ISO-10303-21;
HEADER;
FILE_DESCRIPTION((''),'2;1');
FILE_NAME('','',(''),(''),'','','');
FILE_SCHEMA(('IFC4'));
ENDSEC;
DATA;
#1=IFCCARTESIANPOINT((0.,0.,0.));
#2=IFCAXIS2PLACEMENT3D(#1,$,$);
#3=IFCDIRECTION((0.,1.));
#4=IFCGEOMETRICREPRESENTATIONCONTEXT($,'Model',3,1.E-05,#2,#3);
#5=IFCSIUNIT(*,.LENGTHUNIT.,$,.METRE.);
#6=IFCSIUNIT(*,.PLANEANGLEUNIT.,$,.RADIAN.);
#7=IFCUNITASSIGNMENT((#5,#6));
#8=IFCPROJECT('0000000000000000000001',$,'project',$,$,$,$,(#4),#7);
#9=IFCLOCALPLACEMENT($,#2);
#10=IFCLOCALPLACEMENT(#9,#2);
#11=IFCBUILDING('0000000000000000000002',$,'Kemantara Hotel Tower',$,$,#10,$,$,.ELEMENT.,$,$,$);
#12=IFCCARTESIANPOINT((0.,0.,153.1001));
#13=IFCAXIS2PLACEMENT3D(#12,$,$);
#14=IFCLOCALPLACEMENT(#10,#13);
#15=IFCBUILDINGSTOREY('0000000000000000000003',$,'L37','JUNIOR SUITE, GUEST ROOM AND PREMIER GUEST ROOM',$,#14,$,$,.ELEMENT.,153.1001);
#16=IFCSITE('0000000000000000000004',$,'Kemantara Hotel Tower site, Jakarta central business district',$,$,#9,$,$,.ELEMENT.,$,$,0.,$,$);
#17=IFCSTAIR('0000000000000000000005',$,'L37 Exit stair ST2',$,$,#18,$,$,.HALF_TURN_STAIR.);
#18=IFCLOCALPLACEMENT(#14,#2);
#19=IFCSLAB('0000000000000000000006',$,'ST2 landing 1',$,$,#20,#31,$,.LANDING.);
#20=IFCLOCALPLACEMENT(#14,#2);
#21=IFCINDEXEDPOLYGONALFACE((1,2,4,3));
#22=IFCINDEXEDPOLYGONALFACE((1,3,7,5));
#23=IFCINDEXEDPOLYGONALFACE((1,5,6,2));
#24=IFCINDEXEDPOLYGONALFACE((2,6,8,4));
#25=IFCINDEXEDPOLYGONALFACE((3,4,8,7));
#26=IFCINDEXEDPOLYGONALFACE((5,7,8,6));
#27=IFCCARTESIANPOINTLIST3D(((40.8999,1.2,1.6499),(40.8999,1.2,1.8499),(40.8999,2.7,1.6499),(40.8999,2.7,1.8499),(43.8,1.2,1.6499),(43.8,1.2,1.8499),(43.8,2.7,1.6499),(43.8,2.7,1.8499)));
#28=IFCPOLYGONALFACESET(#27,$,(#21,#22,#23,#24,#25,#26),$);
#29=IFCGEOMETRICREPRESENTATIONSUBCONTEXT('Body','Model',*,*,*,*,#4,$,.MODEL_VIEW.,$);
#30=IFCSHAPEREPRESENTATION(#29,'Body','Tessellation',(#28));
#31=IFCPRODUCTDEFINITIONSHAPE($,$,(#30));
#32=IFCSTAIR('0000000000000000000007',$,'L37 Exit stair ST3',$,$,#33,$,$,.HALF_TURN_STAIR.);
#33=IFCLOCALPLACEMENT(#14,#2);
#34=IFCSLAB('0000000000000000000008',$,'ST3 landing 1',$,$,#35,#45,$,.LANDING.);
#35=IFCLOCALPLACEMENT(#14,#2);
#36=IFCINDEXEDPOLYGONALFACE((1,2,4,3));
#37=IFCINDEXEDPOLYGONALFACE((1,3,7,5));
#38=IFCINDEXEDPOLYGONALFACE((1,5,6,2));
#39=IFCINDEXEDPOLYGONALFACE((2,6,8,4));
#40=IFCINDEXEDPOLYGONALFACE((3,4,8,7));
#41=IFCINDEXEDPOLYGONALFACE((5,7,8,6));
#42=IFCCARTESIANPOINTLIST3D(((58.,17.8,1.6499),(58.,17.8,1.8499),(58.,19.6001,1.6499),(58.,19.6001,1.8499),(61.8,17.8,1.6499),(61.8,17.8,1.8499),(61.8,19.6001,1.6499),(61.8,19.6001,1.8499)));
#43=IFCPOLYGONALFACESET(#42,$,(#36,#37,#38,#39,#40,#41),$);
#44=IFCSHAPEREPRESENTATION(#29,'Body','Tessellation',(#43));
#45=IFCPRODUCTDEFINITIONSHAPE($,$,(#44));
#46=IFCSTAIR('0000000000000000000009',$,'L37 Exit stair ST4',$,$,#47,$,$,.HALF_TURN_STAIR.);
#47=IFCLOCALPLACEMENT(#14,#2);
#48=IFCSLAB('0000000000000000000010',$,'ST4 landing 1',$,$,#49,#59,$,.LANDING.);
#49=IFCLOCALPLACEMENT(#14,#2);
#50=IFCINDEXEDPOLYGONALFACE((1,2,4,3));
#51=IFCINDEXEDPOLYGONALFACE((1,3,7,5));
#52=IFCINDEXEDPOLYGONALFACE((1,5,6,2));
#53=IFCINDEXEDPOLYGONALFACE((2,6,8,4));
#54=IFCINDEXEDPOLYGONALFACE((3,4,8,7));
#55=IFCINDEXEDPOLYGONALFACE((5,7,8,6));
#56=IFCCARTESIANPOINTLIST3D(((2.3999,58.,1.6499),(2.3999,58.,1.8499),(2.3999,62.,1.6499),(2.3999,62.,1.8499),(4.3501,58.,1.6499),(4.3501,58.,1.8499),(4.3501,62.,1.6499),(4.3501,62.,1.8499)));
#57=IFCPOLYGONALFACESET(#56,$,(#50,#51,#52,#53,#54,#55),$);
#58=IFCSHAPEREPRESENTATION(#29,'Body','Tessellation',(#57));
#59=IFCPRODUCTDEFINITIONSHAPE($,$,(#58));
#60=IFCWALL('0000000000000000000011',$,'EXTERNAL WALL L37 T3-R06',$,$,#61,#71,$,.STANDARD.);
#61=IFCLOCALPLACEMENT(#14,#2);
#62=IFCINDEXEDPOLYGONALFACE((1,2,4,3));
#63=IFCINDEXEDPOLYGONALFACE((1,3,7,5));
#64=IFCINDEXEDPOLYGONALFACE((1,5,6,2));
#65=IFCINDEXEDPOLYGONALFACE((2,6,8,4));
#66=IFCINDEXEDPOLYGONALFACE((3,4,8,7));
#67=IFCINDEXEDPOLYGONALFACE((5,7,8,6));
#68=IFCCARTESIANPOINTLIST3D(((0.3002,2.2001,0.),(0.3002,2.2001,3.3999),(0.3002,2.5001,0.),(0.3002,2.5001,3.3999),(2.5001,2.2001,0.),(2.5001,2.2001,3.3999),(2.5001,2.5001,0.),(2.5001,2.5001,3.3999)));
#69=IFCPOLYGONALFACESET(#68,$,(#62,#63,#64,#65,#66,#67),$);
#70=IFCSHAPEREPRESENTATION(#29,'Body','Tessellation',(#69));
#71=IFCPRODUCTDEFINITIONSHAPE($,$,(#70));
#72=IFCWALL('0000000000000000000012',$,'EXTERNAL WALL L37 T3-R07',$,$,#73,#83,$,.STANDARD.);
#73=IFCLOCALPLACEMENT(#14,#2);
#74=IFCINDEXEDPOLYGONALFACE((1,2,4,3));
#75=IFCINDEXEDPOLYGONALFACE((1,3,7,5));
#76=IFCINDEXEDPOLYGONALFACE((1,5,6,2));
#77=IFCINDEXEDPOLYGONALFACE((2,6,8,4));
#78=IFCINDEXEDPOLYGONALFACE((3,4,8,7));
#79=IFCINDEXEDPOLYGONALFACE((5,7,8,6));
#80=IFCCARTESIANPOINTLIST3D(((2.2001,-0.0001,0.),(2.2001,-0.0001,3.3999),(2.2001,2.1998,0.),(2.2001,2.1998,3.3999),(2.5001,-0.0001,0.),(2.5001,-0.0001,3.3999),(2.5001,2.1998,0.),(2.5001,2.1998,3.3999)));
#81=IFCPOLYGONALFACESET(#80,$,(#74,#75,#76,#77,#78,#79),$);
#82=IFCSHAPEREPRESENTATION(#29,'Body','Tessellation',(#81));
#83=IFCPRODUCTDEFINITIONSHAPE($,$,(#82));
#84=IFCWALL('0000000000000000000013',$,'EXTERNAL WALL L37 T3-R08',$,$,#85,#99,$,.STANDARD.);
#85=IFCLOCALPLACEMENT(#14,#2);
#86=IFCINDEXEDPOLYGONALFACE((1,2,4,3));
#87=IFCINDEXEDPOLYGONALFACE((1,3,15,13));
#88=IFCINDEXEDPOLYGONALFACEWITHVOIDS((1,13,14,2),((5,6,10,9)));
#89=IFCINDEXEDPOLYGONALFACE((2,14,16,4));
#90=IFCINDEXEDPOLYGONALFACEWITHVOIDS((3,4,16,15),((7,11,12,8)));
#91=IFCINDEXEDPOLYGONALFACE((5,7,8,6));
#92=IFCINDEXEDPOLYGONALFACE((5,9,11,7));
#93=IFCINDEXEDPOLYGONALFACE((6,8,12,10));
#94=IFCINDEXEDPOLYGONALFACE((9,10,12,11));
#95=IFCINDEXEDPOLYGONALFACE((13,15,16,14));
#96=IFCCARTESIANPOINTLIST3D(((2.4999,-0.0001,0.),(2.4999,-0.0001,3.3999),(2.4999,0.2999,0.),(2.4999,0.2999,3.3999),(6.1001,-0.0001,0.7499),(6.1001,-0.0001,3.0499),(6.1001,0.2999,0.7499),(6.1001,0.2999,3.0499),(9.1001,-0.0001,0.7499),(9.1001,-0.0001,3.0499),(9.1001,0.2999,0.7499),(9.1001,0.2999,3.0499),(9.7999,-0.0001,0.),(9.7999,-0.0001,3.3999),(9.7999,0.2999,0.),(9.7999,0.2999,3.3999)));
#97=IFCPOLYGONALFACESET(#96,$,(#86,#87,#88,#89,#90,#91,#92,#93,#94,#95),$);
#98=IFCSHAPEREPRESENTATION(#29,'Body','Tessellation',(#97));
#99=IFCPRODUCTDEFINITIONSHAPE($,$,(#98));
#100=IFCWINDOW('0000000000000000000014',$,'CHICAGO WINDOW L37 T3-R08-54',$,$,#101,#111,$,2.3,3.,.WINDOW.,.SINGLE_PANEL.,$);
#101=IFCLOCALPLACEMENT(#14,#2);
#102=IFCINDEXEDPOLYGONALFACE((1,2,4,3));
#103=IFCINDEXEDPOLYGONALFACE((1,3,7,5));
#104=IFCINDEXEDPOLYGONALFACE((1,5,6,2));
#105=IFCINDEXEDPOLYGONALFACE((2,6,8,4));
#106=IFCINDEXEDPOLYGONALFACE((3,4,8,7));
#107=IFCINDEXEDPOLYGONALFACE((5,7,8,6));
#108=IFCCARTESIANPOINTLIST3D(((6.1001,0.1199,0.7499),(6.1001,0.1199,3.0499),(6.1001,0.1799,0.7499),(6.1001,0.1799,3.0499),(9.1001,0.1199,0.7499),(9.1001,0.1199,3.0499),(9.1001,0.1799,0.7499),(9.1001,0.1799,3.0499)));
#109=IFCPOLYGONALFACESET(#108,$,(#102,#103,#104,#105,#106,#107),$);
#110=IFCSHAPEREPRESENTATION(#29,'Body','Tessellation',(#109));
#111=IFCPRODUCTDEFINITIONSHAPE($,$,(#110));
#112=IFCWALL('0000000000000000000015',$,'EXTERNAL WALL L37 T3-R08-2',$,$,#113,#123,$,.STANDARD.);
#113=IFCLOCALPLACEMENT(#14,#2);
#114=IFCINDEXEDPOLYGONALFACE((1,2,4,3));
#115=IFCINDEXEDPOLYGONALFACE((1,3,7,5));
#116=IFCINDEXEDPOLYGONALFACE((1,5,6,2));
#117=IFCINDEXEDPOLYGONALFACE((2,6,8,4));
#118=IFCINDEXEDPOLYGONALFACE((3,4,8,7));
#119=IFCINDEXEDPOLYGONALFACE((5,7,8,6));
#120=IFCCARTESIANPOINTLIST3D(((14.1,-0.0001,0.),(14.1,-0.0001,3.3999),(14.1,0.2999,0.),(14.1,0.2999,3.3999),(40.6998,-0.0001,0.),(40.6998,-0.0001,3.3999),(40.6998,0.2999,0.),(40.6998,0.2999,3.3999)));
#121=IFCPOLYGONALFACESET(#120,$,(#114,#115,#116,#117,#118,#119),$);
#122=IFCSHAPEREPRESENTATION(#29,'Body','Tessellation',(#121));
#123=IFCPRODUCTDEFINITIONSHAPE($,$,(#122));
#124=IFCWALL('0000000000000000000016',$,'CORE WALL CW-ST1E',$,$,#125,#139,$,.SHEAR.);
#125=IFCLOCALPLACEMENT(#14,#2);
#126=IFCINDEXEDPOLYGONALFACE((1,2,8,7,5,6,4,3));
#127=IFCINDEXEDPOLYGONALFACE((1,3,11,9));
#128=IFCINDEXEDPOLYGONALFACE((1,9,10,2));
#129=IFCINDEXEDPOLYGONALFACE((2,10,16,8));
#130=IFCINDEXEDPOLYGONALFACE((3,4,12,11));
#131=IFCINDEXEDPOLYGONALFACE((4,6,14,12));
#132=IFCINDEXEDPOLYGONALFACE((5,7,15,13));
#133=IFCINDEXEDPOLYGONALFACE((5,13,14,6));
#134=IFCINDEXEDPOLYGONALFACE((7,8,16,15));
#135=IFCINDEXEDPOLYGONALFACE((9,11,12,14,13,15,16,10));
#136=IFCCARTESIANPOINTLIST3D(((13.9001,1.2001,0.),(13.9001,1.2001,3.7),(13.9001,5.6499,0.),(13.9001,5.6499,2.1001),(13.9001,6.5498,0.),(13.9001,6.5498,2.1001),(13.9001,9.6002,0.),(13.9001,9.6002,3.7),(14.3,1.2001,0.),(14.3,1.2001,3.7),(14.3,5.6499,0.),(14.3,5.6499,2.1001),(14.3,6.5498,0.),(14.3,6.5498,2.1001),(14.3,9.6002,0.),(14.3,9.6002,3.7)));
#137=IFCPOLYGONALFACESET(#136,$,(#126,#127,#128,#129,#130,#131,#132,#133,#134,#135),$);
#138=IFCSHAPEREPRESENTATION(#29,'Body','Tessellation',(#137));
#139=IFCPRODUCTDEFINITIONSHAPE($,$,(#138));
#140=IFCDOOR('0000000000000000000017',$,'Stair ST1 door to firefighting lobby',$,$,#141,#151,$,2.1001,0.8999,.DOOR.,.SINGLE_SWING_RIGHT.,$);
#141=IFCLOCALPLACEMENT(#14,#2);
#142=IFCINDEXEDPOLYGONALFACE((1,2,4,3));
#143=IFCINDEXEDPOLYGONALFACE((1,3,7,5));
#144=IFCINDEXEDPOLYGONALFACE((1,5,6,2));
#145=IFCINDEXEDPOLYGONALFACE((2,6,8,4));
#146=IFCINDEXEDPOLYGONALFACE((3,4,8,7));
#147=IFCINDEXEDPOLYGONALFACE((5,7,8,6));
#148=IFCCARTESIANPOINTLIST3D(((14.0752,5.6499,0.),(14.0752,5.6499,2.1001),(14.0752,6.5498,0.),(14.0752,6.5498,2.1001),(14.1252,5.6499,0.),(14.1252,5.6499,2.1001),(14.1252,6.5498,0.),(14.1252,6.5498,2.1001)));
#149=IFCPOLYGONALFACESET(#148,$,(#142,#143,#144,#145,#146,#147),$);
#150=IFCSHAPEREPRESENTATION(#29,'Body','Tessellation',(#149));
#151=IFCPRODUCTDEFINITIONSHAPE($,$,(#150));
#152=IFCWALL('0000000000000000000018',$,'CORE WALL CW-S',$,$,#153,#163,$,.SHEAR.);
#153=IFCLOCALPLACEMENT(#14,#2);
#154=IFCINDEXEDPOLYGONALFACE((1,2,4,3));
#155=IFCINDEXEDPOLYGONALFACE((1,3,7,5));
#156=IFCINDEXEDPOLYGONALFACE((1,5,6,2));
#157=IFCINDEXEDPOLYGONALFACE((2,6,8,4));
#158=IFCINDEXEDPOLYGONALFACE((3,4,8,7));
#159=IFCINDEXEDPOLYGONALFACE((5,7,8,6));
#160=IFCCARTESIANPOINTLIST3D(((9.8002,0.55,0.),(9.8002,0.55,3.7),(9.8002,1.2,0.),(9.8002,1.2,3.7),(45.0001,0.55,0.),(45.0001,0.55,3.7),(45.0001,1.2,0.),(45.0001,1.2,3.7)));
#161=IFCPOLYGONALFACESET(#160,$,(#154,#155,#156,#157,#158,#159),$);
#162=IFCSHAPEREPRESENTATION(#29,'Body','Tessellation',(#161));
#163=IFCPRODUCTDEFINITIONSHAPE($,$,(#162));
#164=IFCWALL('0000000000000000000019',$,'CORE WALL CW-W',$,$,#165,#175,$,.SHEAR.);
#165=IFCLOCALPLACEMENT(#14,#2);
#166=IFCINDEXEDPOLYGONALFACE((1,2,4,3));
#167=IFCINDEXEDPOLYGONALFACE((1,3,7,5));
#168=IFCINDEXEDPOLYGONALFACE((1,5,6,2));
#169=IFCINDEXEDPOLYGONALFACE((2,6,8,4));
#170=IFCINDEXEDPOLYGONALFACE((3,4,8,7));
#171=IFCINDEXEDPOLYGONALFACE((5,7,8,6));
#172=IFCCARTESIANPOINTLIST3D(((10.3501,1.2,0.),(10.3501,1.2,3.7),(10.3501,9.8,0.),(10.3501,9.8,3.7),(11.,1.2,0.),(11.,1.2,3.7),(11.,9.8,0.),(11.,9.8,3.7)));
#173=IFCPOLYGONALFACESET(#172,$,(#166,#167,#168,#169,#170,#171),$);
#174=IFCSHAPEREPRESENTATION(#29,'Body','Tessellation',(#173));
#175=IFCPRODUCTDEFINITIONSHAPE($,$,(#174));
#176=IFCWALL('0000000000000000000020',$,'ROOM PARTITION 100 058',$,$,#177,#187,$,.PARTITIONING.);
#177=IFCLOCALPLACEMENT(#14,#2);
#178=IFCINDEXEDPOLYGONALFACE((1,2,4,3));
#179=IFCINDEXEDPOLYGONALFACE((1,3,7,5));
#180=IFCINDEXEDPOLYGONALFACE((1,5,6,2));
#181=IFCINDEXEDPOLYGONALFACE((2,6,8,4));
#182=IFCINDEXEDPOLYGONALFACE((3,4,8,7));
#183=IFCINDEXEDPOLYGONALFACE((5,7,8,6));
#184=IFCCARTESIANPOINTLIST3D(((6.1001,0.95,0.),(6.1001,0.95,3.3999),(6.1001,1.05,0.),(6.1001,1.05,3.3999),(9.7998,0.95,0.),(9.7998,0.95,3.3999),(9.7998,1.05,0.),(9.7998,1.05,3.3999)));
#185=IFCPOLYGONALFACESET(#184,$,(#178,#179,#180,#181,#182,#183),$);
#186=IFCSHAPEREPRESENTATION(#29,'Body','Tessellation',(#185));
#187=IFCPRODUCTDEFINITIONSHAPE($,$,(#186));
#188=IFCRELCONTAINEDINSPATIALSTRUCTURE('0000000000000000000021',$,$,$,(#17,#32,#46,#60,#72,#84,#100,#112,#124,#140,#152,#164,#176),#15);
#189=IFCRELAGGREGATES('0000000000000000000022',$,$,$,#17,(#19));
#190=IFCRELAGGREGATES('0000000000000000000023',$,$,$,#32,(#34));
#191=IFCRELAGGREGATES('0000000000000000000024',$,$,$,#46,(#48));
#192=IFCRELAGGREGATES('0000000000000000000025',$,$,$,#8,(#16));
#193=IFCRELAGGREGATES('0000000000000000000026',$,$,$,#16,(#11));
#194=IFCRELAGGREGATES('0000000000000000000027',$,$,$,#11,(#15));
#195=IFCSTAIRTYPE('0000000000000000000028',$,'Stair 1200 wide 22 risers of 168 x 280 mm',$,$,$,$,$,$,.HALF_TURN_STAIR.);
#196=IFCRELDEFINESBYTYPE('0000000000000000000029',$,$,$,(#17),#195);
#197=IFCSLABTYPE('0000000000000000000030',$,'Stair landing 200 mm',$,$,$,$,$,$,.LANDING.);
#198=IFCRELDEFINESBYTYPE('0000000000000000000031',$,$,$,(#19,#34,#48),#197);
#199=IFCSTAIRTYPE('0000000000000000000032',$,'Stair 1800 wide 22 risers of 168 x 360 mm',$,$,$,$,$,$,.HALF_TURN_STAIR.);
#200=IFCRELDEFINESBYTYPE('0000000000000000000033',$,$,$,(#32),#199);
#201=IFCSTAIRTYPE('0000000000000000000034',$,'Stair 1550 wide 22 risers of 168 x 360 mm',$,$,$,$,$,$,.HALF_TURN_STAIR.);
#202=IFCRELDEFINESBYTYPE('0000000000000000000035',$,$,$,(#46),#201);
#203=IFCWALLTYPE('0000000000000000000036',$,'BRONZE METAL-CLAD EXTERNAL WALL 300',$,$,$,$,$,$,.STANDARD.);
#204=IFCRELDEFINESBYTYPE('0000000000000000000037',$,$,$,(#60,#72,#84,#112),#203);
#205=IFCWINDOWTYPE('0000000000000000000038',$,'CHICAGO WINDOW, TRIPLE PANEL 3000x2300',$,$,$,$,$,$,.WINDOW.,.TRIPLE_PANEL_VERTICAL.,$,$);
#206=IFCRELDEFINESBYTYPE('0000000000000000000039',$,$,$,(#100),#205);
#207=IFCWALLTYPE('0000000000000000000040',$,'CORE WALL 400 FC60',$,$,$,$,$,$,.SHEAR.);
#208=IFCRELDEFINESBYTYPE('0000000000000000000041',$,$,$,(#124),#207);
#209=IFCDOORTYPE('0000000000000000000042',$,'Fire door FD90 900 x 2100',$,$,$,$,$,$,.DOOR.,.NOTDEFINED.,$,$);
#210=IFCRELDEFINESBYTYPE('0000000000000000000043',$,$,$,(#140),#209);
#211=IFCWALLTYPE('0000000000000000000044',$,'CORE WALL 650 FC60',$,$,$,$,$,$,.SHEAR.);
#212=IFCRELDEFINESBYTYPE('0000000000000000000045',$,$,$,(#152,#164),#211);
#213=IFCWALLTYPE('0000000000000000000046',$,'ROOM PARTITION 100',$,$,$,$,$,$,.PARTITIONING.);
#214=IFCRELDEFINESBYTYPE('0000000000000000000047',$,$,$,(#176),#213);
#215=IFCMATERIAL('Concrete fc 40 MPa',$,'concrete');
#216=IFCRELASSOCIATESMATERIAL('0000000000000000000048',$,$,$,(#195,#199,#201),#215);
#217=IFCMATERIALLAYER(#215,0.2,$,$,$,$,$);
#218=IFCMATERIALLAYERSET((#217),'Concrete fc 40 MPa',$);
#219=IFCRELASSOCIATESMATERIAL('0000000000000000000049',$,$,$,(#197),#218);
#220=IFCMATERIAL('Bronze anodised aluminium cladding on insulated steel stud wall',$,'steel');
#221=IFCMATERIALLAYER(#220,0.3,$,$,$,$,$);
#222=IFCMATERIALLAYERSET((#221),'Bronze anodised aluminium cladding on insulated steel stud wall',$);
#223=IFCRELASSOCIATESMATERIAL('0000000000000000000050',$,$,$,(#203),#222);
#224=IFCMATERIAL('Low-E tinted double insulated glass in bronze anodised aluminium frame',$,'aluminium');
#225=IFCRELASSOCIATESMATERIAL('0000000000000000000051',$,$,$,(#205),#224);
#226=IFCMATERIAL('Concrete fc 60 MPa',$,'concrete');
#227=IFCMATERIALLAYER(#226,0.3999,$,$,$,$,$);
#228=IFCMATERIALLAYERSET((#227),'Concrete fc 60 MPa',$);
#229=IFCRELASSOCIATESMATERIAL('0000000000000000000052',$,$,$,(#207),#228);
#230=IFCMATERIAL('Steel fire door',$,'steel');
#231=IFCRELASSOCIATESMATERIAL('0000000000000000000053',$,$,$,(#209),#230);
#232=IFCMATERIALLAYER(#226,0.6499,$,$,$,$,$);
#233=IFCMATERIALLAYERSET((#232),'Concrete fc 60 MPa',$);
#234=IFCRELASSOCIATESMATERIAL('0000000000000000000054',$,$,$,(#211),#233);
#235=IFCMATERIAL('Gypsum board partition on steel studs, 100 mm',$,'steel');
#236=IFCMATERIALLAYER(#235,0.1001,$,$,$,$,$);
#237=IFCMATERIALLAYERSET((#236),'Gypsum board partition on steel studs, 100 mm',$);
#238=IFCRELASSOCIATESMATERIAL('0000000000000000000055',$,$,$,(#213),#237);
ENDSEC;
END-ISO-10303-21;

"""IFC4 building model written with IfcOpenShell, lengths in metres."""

from ifc_helpers import new_model, si_unit, direction, frame, frame_2d, origin, place, context, subcontext, project, spatial, polyline, rectangle, outline, extrude, material, layer, layer_set, type_object, element, fill, aggregate, save


model = new_model("IFC4")

# Units and contexts
model_context = context("Model", 3, precision=1e-05, world=origin(), true_north=direction((0.0, 1.0)))
body_context = subcontext(model_context, "Body", "Model", "MODEL_VIEW")
ifc_project = project(units=[si_unit("LENGTHUNIT", "METRE"), si_unit("PLANEANGLEUNIT", "RADIAN")], contexts=[model_context])

# Site, building, storey
site_placement = place(None, origin())
site = spatial("IfcSite", under=ifc_project, at=site_placement, Name="Kemantara Hotel Tower site, Jakarta central business district", CompositionType="ELEMENT", RefElevation=0.0)
building_placement = place(site_placement, origin())
building = spatial("IfcBuilding", under=site, at=building_placement, Name="Kemantara Hotel Tower", CompositionType="ELEMENT")
storey_placement = place(building_placement, frame((0.0, 0.0, 153.1001)))
storey = spatial("IfcBuildingStorey", under=building, at=storey_placement, Name="L37", Description="JUNIOR SUITE, GUEST ROOM AND PREMIER GUEST ROOM", CompositionType="ELEMENT", Elevation=153.1001)

# Shared definitions
ifc_material_1 = material(Name="Concrete fc 60 MPa", Category="concrete")

# Shared definitions
ifc_material_2 = material(Name="Concrete fc 40 MPa", Category="concrete")

# Stairs, slabs
stair_type_1 = type_object("IfcStairType", Name="Stair 1200 wide 22 risers of 168 x 280 mm", PredefinedType="HALF_TURN_STAIR", material=ifc_material_2)
ifc_layer_1 = layer(ifc_material_2, 0.2)
ifc_layer_set_1 = layer_set([ifc_layer_1], Name="Concrete fc 40 MPa")
slab_type_1 = type_object("IfcSlabType", Name="Stair landing 200 mm", PredefinedType="LANDING", material=ifc_layer_set_1)
stair_1_placement = place(storey_placement, origin())
stair_1 = element("IfcStair", 1, at=stair_1_placement, inside=storey, type_object=stair_type_1, Name="L37 Exit stair ST2", PredefinedType="HALF_TURN_STAIR")
slab_1_placement = place(storey_placement, frame((0.0, 0.0, 1.6499)))
slab_1 = element("IfcSlab", 2, at=slab_1_placement, type_object=slab_type_1, Name="ST2 landing 1", PredefinedType="LANDING", context=body_context, shape_type="SweptSolid", body=[
    extrude(outline(polyline([(40.8999, 2.7), (40.8999, 1.2), (43.8, 1.2), (43.8, 2.7), (40.8999, 2.7)])), origin(), (0.0, 0.0, 1.0), 0.2),
])
aggregate(stair_1, [slab_1])
stair_type_2 = type_object("IfcStairType", Name="Stair 1800 wide 22 risers of 168 x 360 mm", PredefinedType="HALF_TURN_STAIR", material=ifc_material_2)
stair_2_placement = place(storey_placement, origin())
stair_2 = element("IfcStair", 3, at=stair_2_placement, inside=storey, type_object=stair_type_2, Name="L37 Exit stair ST3", PredefinedType="HALF_TURN_STAIR")
slab_2_placement = place(storey_placement, frame((0.0, 0.0, 1.6499)))
slab_2 = element("IfcSlab", 4, at=slab_2_placement, type_object=slab_type_1, Name="ST3 landing 1", PredefinedType="LANDING", context=body_context, shape_type="SweptSolid", body=[
    extrude(outline(polyline([(61.8, 17.8), (61.8, 19.6001), (58.0, 19.6001), (58.0, 17.8), (61.8, 17.8)])), origin(), (0.0, 0.0, 1.0), 0.2),
])
aggregate(stair_2, [slab_2])
stair_type_3 = type_object("IfcStairType", Name="Stair 1550 wide 22 risers of 168 x 360 mm", PredefinedType="HALF_TURN_STAIR", material=ifc_material_2)
stair_3_placement = place(storey_placement, origin())
stair_3 = element("IfcStair", 5, at=stair_3_placement, inside=storey, type_object=stair_type_3, Name="L37 Exit stair ST4", PredefinedType="HALF_TURN_STAIR")
slab_3_placement = place(storey_placement, frame((0.0, 0.0, 1.6499)))
slab_3 = element("IfcSlab", 6, at=slab_3_placement, type_object=slab_type_1, Name="ST4 landing 1", PredefinedType="LANDING", context=body_context, shape_type="SweptSolid", body=[
    extrude(outline(polyline([(4.3501, 62.0), (2.3999, 62.0), (2.3999, 58.0), (4.3501, 58.0), (4.3501, 62.0)])), origin(), (0.0, 0.0, 1.0), 0.2),
])
aggregate(stair_3, [slab_3])

# Walls
ifc_material_3 = material(Name="Bronze anodised aluminium cladding on insulated steel stud wall", Category="steel")
ifc_layer_2 = layer(ifc_material_3, 0.3)
ifc_layer_set_2 = layer_set([ifc_layer_2], Name="Bronze anodised aluminium cladding on insulated steel stud wall")
wall_type_1 = type_object("IfcWallType", Name="BRONZE METAL-CLAD EXTERNAL WALL 300", PredefinedType="STANDARD", material=ifc_layer_set_2)
for number, where, z_axis, x_axis, name in (
    (7, (0.3, 2.3501, 0.0), (0.0, 0.0, 1.0), (1.0, 0.0, 0.0), "EXTERNAL WALL L37 T3-R06"),
    (8, (2.3501, 2.2, 0.0), (0.0, 0.0, 1.0), (0.0, -1.0, 0.0), "EXTERNAL WALL L37 T3-R07"),
):
    element("IfcWall", number, at=place(storey_placement, frame(where, z_axis=z_axis, x_axis=x_axis)), inside=storey, type_object=wall_type_1, Name=name, PredefinedType="STANDARD", context=body_context, shape_type="SweptSolid", body=[
        extrude(rectangle(XDim=2.2, YDim=0.3, at=frame_2d((1.1001, 0.0))), origin(), (0.0, 0.0, 1.0), 3.3999),
    ])

# Wall, opening, window
wall_1_placement = place(storey_placement, frame((2.5, 0.1499, 0.0), z_axis=(0.0, 0.0, 1.0), x_axis=(1.0, 0.0, 0.0)))
wall_1 = element("IfcWall", 9, at=wall_1_placement, inside=storey, type_object=wall_type_1, Name="EXTERNAL WALL L37 T3-R08", PredefinedType="STANDARD", context=body_context, shape_type="SweptSolid", body=[
    extrude(rectangle(XDim=7.3, YDim=0.3, at=frame_2d((3.6499, 0.0))), origin(), (0.0, 0.0, 1.0), 3.3999),
])
opening_1_placement = place(wall_1_placement, frame((3.6001, 0.0, 0.75)))
opening_1 = element("IfcOpeningElement", 10, at=opening_1_placement, cuts=wall_1, PredefinedType="OPENING", context=body_context, shape_type="SweptSolid", body=[
    extrude(rectangle(XDim=3.0, YDim=2.3, at=frame_2d((1.5, 1.1499))), frame((0.0, 0.1599, 0.0), z_axis=(0.0, -1.0, 0.0), x_axis=(1.0, 0.0, 0.0)), (0.0, 0.0, 1.0), 0.3201),
])
ifc_material_4 = material(Name="Low-E tinted double insulated glass in bronze anodised aluminium frame", Category="aluminium")
window_type = type_object("IfcWindowType", Name="CHICAGO WINDOW, TRIPLE PANEL 3000x2300", PartitioningType="TRIPLE_PANEL_VERTICAL", PredefinedType="WINDOW", material=ifc_material_4)
window_placement = place(opening_1_placement, origin())
window = element("IfcWindow", 11, at=window_placement, inside=storey, type_object=window_type, Name="CHICAGO WINDOW L37 T3-R08-54", OverallHeight=2.3, OverallWidth=3.0, PartitioningType="SINGLE_PANEL", PredefinedType="WINDOW", context=body_context, shape_type="SweptSolid", body=[
    extrude(rectangle(XDim=3.0, YDim=2.3, at=frame_2d((1.5, 1.1499))), frame((0.0, 0.03, 0.0), z_axis=(0.0, -1.0, 0.0), x_axis=(1.0, 0.0, 0.0)), (0.0, 0.0, 1.0), 0.0601),
])
fill(opening_1, window)

# Wall
wall_2_placement = place(storey_placement, frame((14.1001, 0.1499, 0.0), z_axis=(0.0, 0.0, 1.0), x_axis=(1.0, 0.0, 0.0)))
element("IfcWall", 12, at=wall_2_placement, inside=storey, type_object=wall_type_1, Name="EXTERNAL WALL L37 T3-R08-2", PredefinedType="STANDARD", context=body_context, shape_type="SweptSolid", body=[
    extrude(rectangle(XDim=26.5999, YDim=0.3, at=frame_2d((13.2998, 0.0))), origin(), (0.0, 0.0, 1.0), 3.3999),
])

# Wall, opening, door
ifc_layer_3 = layer(ifc_material_1, 0.3999)
ifc_layer_set_3 = layer_set([ifc_layer_3], Name="Concrete fc 60 MPa")
wall_type_2 = type_object("IfcWallType", Name="CORE WALL 400 FC60", PredefinedType="SHEAR", material=ifc_layer_set_3)
wall_3_placement = place(storey_placement, frame((14.1001, 1.2, 0.0), z_axis=(0.0, 0.0, 1.0), x_axis=(0.0, 1.0, 0.0)))
wall_3 = element("IfcWall", 13, at=wall_3_placement, inside=storey, type_object=wall_type_2, Name="CORE WALL CW-ST1E", PredefinedType="SHEAR", context=body_context, shape_type="SweptSolid", body=[
    extrude(rectangle(XDim=8.4001, YDim=0.3999, at=frame_2d((4.2002, 0.0))), origin(), (0.0, 0.0, 1.0), 3.7),
])
opening_2_placement = place(wall_3_placement, frame((4.45, 0.0, 0.0)))
opening_2 = element("IfcOpeningElement", 14, at=opening_2_placement, cuts=wall_3, PredefinedType="OPENING", context=body_context, shape_type="SweptSolid", body=[
    extrude(rectangle(XDim=0.8999, YDim=2.1001, at=frame_2d((0.45, 1.05))), frame((0.0, 0.21, 0.0), z_axis=(0.0, -1.0, 0.0), x_axis=(1.0, 0.0, 0.0)), (0.0, 0.0, 1.0), 0.4199),
])
ifc_material_5 = material(Name="Steel fire door", Category="steel")
door_type = type_object("IfcDoorType", Name="Fire door FD90 900 x 2100", OperationType="NOTDEFINED", PredefinedType="DOOR", material=ifc_material_5)
door_placement = place(opening_2_placement, origin())
door = element("IfcDoor", 15, at=door_placement, inside=storey, type_object=door_type, Name="Stair ST1 door to firefighting lobby", OperationType="SINGLE_SWING_RIGHT", OverallHeight=2.1001, OverallWidth=0.8999, PredefinedType="DOOR", context=body_context, shape_type="SweptSolid", body=[
    extrude(rectangle(XDim=0.8999, YDim=2.1001, at=frame_2d((0.45, 1.05))), frame((0.0, 0.0249, 0.0), z_axis=(0.0, -1.0, 0.0), x_axis=(1.0, 0.0, 0.0)), (0.0, 0.0, 1.0), 0.05),
])
fill(opening_2, door)

# Walls
ifc_layer_4 = layer(ifc_material_1, 0.6499)
ifc_layer_set_4 = layer_set([ifc_layer_4], Name="Concrete fc 60 MPa")
wall_type_3 = type_object("IfcWallType", Name="CORE WALL 650 FC60", PredefinedType="SHEAR", material=ifc_layer_set_4)
wall_4_placement = place(storey_placement, frame((9.8, 0.875, 0.0), z_axis=(0.0, 0.0, 1.0), x_axis=(1.0, 0.0, 0.0)))
element("IfcWall", 16, at=wall_4_placement, inside=storey, type_object=wall_type_3, Name="CORE WALL CW-S", PredefinedType="SHEAR", context=body_context, shape_type="SweptSolid", body=[
    extrude(rectangle(XDim=35.2, YDim=0.6499, at=frame_2d((17.6001, 0.0))), origin(), (0.0, 0.0, 1.0), 3.7),
])
wall_5_placement = place(storey_placement, frame((10.675, 1.2, 0.0), z_axis=(0.0, 0.0, 1.0), x_axis=(0.0, 1.0, 0.0)))
element("IfcWall", 17, at=wall_5_placement, inside=storey, type_object=wall_type_3, Name="CORE WALL CW-W", PredefinedType="SHEAR", context=body_context, shape_type="SweptSolid", body=[
    extrude(rectangle(XDim=8.6001, YDim=0.6499, at=frame_2d((4.3, 0.0))), origin(), (0.0, 0.0, 1.0), 3.7),
])
ifc_material_6 = material(Name="Gypsum board partition on steel studs, 100 mm", Category="steel")
ifc_layer_5 = layer(ifc_material_6, 0.1001)
ifc_layer_set_5 = layer_set([ifc_layer_5], Name="Gypsum board partition on steel studs, 100 mm")
wall_type_4 = type_object("IfcWallType", Name="ROOM PARTITION 100", PredefinedType="PARTITIONING", material=ifc_layer_set_5)
for number, where, z_axis, x_axis, name in (
    (18, (6.1001, 1.0, 0.0), (0.0, 0.0, 1.0), (1.0, 0.0, 0.0), "ROOM PARTITION 100 058"),
):
    element("IfcWall", number, at=place(storey_placement, frame(where, z_axis=z_axis, x_axis=x_axis)), inside=storey, type_object=wall_type_4, Name=name, PredefinedType="PARTITIONING", context=body_context, shape_type="SweptSolid", body=[
        extrude(rectangle(XDim=3.6997, YDim=0.1001, at=frame_2d((1.8499, 0.0))), origin(), (0.0, 0.0, 1.0), 3.3999),
    ])

save(model, "model.ifc")
